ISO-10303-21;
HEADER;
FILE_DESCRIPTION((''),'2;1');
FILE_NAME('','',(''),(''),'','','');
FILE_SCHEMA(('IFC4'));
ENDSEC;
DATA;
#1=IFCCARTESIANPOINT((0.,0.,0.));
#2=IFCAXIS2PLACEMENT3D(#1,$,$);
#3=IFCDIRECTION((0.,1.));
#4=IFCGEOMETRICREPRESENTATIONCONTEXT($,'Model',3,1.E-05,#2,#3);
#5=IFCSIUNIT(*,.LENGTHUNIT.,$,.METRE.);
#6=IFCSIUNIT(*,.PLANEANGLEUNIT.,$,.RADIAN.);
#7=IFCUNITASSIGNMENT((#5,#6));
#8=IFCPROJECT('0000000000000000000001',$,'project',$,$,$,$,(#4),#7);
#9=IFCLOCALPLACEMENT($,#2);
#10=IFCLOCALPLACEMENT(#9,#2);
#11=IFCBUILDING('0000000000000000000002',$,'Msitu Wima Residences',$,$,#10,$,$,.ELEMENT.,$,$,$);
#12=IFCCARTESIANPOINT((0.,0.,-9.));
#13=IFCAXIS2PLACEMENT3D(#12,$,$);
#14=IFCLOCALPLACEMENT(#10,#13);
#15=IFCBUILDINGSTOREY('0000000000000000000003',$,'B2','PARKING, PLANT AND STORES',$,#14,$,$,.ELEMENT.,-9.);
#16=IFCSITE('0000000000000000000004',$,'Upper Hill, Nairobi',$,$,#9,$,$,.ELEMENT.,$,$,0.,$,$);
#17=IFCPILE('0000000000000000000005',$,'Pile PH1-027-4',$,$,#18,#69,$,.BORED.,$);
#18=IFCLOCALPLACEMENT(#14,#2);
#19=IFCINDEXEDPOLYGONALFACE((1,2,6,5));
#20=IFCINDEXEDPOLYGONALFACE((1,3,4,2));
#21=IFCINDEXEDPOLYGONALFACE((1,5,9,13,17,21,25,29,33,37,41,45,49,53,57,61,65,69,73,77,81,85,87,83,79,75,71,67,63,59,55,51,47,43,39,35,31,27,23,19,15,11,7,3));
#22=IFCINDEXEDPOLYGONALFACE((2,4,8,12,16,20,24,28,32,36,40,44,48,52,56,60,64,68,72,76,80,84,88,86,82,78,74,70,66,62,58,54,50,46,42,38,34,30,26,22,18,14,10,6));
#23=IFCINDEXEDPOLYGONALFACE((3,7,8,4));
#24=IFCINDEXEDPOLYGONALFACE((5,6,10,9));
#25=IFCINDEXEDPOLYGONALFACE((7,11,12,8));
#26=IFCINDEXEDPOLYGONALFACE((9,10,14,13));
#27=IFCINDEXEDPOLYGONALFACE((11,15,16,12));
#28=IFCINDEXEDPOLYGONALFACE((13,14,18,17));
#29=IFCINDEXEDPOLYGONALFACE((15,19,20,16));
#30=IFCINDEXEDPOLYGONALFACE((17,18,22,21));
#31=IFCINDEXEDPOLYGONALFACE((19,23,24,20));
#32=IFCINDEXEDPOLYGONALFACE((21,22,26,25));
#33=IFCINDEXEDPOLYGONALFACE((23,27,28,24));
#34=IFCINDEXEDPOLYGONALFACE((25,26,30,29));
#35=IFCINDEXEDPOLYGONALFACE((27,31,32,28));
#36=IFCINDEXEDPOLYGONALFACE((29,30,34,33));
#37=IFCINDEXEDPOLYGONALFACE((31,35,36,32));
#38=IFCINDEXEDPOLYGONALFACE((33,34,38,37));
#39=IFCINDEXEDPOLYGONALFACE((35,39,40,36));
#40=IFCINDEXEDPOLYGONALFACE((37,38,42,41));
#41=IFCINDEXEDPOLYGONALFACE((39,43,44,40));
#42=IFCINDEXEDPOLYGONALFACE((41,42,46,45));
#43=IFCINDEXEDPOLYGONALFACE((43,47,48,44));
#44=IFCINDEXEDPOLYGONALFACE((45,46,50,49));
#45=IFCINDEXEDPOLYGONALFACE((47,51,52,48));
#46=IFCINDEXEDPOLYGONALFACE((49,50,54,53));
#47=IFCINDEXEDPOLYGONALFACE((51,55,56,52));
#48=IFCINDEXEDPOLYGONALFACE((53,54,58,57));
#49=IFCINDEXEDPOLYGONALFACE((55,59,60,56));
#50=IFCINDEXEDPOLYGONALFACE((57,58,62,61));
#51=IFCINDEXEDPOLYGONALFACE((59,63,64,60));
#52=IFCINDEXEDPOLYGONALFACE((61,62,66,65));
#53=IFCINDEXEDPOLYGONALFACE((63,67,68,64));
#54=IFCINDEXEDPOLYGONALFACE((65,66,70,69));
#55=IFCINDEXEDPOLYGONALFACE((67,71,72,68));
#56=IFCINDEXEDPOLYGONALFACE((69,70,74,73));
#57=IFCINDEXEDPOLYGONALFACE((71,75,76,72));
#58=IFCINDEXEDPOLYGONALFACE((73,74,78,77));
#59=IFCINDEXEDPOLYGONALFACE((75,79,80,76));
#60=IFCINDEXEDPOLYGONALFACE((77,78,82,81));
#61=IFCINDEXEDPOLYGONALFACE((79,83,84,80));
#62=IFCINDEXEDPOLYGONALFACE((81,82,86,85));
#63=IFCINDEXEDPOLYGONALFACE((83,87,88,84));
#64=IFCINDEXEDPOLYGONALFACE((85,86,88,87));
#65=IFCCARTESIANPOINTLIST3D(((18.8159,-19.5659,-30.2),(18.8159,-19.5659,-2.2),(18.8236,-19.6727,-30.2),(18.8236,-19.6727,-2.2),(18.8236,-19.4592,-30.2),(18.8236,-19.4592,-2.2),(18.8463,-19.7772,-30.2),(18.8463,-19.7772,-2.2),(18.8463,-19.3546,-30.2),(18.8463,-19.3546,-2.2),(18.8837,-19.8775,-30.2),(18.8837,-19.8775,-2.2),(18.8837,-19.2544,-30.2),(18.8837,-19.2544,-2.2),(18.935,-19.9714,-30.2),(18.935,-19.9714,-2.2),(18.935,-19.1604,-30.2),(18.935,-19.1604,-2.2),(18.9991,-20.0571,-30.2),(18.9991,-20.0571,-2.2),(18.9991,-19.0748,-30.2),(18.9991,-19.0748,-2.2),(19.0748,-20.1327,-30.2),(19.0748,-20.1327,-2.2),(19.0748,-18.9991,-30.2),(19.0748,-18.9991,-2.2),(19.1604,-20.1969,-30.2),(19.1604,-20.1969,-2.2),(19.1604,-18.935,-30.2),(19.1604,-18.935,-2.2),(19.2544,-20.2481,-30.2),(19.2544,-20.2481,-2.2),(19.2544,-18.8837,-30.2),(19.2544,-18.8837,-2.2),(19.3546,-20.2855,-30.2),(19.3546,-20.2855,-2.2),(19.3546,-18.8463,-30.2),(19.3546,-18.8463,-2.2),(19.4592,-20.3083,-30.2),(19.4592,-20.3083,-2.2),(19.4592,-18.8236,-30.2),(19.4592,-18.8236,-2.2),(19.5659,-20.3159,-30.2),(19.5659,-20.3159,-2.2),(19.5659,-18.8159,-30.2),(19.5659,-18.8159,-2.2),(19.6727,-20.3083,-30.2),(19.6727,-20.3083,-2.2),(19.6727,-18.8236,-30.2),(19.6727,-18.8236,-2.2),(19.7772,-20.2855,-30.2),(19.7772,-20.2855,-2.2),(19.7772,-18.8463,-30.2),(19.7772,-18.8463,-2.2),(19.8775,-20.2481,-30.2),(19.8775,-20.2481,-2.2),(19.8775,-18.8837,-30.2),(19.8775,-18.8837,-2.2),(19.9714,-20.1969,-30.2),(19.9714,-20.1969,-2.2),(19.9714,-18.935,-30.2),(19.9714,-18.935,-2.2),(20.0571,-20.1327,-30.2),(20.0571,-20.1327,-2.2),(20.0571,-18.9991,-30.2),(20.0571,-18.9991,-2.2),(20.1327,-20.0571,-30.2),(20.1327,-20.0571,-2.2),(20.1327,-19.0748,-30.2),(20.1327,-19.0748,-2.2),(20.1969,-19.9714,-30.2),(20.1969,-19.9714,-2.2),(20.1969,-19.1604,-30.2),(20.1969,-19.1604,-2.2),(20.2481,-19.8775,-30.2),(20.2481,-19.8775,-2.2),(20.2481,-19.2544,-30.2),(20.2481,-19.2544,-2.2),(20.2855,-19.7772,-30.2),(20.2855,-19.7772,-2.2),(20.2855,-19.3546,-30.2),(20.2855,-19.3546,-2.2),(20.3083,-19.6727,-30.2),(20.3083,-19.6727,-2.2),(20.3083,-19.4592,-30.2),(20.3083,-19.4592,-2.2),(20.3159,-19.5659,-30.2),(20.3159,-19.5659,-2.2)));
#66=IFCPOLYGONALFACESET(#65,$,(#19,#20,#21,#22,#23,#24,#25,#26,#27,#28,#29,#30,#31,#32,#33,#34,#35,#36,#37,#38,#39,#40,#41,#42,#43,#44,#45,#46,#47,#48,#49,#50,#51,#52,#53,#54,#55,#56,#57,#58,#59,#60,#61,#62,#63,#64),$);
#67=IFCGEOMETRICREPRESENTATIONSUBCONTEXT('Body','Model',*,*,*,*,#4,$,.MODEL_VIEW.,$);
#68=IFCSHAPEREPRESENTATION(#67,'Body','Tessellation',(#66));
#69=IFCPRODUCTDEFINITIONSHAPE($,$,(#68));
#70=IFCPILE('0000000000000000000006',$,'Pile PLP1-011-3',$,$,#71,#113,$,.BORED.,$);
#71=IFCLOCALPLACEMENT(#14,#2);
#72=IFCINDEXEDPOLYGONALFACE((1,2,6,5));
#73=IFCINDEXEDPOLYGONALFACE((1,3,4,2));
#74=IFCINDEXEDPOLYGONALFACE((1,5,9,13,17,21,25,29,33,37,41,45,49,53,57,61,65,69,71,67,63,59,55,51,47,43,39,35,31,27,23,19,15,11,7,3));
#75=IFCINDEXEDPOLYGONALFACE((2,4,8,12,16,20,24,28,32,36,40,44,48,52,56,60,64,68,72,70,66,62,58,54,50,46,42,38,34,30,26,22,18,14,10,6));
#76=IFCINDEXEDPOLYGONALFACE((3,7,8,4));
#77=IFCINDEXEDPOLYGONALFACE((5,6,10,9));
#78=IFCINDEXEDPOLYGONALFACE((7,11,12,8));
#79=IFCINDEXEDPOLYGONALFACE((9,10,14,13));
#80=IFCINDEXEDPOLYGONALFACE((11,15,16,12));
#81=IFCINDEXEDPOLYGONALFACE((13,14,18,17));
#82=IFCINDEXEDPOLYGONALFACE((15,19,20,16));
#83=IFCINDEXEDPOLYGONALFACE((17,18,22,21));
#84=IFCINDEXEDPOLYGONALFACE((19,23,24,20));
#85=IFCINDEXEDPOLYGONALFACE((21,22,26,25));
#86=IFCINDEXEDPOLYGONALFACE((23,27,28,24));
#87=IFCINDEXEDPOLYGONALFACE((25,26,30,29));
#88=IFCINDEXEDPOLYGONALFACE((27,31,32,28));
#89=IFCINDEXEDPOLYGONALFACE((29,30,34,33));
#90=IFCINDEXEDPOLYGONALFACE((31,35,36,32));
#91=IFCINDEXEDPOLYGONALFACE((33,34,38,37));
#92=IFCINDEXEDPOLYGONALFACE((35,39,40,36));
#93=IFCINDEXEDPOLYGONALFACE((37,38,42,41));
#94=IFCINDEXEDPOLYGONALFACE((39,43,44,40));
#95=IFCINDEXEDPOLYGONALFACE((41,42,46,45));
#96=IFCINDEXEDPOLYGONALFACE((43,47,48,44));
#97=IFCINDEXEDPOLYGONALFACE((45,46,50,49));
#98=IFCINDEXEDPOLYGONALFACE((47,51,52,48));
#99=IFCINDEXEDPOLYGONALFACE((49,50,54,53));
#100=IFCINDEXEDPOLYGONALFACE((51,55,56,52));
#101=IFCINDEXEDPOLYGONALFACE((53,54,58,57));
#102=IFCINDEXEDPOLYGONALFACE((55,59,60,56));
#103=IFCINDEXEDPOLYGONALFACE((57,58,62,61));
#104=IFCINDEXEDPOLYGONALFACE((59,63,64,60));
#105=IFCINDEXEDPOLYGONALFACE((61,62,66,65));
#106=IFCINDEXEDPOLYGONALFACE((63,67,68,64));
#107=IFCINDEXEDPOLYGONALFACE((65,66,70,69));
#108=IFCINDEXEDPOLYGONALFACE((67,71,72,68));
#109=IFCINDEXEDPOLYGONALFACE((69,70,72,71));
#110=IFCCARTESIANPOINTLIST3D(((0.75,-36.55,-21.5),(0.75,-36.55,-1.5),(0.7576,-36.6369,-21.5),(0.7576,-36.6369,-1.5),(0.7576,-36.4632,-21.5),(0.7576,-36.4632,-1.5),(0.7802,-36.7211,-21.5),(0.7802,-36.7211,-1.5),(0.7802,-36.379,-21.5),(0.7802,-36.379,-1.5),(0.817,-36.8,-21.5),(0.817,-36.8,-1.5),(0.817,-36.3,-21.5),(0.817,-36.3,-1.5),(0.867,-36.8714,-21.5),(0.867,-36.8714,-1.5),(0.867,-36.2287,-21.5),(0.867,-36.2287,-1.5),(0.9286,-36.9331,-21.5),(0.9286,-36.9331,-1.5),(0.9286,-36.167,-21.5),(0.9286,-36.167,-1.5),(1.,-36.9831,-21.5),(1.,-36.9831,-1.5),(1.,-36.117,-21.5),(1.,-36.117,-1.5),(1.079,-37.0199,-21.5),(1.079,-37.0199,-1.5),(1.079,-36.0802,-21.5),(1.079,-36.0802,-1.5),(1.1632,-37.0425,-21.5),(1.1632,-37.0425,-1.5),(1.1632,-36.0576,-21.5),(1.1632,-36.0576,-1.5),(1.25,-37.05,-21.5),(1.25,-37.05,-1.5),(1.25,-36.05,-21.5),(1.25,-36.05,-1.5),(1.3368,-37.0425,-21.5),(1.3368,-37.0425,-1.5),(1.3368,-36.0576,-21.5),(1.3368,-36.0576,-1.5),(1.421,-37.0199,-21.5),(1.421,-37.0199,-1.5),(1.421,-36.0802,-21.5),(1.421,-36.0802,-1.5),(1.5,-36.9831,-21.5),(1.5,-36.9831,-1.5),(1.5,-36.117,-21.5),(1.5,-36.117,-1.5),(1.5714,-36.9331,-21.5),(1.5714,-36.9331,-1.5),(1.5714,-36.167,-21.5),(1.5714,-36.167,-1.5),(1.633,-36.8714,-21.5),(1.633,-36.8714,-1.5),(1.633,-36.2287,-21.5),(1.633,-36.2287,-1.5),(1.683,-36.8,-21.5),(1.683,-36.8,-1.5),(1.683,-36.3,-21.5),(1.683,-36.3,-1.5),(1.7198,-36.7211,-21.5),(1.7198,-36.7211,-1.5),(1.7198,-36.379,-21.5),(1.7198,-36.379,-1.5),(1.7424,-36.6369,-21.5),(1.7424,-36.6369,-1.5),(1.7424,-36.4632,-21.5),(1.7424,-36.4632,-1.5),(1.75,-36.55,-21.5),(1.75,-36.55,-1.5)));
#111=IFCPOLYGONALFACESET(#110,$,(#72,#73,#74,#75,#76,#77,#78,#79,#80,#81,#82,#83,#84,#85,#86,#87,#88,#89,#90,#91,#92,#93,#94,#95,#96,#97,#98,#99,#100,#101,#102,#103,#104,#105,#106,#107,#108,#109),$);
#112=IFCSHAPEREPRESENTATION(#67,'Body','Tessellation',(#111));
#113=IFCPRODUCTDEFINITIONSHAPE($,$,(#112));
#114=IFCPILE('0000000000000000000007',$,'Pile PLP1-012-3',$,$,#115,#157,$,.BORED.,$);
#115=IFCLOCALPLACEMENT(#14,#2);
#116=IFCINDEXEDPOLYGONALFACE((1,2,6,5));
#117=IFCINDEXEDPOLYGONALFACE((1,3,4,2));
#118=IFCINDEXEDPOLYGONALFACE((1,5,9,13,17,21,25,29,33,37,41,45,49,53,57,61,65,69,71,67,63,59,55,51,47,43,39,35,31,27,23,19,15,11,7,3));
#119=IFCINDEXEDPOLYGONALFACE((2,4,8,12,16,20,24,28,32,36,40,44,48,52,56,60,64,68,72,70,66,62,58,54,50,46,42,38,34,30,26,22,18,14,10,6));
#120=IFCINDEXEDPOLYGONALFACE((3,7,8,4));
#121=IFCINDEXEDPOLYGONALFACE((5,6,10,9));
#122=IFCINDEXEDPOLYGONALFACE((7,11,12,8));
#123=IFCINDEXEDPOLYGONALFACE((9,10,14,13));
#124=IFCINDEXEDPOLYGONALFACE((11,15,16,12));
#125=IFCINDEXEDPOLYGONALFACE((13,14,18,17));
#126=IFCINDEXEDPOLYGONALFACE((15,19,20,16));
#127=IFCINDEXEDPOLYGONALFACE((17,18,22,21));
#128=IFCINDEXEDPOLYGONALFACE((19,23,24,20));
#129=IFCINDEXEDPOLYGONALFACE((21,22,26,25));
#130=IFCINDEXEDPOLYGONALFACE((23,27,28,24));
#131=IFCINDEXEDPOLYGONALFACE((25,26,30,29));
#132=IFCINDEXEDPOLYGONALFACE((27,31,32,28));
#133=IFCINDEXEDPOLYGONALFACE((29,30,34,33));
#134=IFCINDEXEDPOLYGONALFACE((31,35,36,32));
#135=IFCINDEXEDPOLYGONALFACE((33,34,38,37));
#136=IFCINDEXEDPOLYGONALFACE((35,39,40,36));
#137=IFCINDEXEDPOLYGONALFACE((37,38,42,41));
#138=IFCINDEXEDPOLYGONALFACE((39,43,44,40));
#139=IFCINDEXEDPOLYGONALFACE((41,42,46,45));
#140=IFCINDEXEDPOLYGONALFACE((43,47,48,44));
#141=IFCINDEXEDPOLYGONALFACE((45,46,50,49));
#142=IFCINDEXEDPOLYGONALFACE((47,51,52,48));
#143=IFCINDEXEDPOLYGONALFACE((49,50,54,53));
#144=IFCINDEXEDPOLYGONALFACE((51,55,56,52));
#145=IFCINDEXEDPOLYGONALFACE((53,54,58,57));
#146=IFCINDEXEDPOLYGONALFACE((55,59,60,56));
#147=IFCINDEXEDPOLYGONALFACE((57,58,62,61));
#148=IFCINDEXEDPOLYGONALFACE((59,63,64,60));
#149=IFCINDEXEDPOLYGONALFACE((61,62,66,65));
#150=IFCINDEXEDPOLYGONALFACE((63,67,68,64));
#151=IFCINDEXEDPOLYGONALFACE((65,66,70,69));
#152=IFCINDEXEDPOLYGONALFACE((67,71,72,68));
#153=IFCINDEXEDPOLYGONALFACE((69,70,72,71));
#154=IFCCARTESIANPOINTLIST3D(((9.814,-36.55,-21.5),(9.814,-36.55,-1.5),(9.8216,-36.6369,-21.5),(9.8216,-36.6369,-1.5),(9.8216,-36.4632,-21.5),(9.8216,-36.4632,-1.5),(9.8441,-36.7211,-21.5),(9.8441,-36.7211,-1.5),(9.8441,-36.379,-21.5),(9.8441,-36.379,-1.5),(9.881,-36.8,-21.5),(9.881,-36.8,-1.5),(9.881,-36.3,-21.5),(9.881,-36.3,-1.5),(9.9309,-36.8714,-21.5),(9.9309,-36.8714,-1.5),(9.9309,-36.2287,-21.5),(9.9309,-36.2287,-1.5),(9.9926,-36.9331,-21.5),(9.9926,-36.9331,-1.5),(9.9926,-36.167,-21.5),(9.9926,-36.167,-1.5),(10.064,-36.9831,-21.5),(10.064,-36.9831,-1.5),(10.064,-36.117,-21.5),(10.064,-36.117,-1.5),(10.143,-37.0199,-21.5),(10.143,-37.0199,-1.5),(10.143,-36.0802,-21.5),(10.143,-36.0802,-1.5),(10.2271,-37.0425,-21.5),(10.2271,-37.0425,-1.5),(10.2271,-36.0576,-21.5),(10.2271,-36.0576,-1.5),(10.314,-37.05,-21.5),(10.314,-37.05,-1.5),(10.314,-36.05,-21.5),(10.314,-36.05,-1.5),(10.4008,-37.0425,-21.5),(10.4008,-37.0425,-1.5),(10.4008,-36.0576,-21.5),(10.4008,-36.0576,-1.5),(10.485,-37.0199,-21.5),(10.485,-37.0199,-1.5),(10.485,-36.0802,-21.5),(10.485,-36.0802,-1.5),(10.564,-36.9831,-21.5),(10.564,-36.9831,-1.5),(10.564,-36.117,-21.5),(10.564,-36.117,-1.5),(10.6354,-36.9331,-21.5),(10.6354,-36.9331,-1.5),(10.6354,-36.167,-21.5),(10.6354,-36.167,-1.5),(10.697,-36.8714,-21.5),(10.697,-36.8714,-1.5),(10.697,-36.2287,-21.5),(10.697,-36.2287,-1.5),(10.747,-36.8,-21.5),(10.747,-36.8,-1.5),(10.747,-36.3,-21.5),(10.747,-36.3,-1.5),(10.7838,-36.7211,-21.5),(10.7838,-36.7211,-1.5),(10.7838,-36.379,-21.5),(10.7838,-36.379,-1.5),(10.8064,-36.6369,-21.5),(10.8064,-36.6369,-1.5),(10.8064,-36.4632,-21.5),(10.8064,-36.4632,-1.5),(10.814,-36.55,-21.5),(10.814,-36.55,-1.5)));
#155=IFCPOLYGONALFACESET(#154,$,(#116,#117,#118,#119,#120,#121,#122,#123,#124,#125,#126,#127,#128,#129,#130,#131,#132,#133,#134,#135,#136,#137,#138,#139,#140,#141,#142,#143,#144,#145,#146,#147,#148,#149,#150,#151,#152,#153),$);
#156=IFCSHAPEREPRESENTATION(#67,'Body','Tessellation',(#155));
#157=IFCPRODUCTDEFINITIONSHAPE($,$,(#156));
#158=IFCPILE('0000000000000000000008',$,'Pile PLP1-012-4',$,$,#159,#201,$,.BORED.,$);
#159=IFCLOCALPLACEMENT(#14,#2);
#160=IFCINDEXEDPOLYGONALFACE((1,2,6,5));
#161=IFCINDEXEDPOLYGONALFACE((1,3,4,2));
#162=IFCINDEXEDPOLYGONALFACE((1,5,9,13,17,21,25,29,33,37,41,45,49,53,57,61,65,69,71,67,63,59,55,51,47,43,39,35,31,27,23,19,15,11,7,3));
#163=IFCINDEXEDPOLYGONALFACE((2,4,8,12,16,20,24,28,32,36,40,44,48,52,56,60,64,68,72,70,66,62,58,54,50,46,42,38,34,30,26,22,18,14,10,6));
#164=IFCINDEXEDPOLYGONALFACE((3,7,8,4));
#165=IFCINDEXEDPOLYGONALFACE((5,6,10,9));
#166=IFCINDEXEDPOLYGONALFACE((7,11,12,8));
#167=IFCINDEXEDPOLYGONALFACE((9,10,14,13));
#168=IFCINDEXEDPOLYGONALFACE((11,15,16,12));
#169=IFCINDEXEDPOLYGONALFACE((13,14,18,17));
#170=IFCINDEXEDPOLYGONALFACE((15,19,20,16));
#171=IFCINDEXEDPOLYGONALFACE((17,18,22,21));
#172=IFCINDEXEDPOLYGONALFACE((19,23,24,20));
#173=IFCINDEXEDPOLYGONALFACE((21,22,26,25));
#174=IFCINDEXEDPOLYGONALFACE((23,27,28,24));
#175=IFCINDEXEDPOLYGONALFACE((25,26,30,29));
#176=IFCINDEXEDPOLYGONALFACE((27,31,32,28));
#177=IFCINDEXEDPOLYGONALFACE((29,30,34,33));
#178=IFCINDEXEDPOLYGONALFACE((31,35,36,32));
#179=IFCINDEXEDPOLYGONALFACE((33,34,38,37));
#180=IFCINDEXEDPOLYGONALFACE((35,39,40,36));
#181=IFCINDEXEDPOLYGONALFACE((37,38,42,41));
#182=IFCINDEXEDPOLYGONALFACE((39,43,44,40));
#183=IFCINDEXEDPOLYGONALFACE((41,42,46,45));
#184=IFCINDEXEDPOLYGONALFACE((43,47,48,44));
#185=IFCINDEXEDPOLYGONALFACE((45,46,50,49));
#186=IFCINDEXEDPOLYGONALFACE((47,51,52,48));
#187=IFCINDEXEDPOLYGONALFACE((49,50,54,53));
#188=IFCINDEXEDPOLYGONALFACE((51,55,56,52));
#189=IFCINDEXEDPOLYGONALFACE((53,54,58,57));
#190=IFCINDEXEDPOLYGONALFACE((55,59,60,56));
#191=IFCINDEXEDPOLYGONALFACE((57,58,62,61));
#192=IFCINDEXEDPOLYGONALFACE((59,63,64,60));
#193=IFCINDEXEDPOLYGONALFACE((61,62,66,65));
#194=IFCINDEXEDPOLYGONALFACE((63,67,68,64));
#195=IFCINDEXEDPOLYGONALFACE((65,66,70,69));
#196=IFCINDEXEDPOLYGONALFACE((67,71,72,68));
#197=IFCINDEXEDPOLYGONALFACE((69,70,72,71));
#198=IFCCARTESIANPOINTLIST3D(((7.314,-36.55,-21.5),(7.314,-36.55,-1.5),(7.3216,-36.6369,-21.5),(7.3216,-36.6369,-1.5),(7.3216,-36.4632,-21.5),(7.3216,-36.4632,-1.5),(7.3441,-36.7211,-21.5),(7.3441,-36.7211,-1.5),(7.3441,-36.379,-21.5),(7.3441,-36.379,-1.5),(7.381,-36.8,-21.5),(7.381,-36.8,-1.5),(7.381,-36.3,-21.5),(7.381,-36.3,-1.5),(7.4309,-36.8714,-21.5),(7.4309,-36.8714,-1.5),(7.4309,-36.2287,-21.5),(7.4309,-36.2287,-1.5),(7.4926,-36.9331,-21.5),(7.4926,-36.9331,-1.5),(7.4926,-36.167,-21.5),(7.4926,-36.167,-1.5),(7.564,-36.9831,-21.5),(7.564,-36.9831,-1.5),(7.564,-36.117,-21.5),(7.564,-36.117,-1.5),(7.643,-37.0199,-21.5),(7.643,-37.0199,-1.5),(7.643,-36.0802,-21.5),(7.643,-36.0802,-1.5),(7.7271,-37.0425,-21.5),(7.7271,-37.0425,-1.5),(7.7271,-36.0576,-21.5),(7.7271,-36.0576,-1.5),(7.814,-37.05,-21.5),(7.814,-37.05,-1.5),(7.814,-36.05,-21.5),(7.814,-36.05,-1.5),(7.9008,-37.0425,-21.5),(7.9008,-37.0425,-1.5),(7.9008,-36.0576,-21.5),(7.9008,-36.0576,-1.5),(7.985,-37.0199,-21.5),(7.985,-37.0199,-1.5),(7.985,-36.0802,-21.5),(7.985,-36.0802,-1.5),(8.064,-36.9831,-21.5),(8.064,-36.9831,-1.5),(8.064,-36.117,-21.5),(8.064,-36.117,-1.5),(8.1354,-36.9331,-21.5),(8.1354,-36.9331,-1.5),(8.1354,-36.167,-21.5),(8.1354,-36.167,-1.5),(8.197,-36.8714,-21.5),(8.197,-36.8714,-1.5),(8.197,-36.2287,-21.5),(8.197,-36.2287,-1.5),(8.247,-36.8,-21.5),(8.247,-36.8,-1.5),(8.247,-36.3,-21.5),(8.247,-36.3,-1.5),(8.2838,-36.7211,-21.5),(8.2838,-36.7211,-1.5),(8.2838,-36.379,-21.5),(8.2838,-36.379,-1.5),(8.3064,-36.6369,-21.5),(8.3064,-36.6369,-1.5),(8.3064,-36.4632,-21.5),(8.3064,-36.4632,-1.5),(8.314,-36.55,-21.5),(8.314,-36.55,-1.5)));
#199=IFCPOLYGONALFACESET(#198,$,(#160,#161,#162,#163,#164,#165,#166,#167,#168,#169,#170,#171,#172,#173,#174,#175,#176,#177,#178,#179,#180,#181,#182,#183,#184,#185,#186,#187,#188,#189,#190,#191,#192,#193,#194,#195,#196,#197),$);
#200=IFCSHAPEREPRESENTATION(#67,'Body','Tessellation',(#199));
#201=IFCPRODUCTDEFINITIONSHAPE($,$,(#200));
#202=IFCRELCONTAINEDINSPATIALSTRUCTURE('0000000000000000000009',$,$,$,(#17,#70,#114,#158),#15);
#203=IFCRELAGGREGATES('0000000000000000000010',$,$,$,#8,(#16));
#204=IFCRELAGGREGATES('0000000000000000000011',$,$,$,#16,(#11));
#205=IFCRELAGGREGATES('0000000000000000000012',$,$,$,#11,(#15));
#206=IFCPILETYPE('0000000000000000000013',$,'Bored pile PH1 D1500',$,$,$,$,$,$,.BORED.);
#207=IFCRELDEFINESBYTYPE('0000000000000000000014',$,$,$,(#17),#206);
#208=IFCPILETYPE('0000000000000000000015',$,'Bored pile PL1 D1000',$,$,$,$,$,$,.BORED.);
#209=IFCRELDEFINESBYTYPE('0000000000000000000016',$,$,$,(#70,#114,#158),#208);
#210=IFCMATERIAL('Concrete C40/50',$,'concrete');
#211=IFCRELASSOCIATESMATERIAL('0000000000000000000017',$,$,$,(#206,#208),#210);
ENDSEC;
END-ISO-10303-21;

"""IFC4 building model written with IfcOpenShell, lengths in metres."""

from ifc_helpers import new_model, si_unit, direction, frame, origin, origin_2d, place, context, subcontext, project, spatial, circle, extrude, material, type_object, element, save


model = new_model("IFC4")

# Units and contexts
model_context = context("Model", 3, precision=1e-05, world=origin(), true_north=direction((0.0, 1.0)))
body_context = subcontext(model_context, "Body", "Model", "MODEL_VIEW")
ifc_project = project(units=[si_unit("LENGTHUNIT", "METRE"), si_unit("PLANEANGLEUNIT", "RADIAN")], contexts=[model_context])

# Site, building, storey
site_placement = place(None, origin())
site = spatial("IfcSite", under=ifc_project, at=site_placement, Name="Upper Hill, Nairobi", CompositionType="ELEMENT", RefElevation=0.0)
building_placement = place(site_placement, origin())
building = spatial("IfcBuilding", under=site, at=building_placement, Name="Msitu Wima Residences", CompositionType="ELEMENT")
storey_placement = place(building_placement, frame((0.0, 0.0, -9.0)))
storey = spatial("IfcBuildingStorey", under=building, at=storey_placement, Name="B2", Description="PARKING, PLANT AND STORES", CompositionType="ELEMENT", Elevation=-9.0)

# Piles
ifc_material_1 = material(Name="Concrete C40/50", Category="concrete")
pile_type_1 = type_object("IfcPileType", Name="Bored pile PH1 D1500", PredefinedType="BORED", material=ifc_material_1)
for number, where, z_axis, x_axis, name in (
    (1, (19.5659, -19.5659, -2.2), (0.0, 0.0, -1.0), (1.0, 0.0, 0.0), "Pile PH1-027-4"),
):
    element("IfcPile", number, at=place(storey_placement, frame(where, z_axis=z_axis, x_axis=x_axis)), inside=storey, type_object=pile_type_1, Name=name, PredefinedType="BORED", context=body_context, shape_type="SweptSolid", body=[
        extrude(circle(Radius=0.75, at=origin_2d()), origin(), (0.0, 0.0, 1.0), 28.0),
    ])
pile_type_2 = type_object("IfcPileType", Name="Bored pile PL1 D1000", PredefinedType="BORED", material=ifc_material_1)
for number, where, z_axis, x_axis, name in (
    (2, (1.25, -36.55, -1.5), (0.0, 0.0, -1.0), (1.0, 0.0, 0.0), "Pile PLP1-011-3"),
    (3, (10.314, -36.55, -1.5), (0.0, 0.0, -1.0), (1.0, 0.0, 0.0), "Pile PLP1-012-3"),
    (4, (7.814, -36.55, -1.5), (0.0, 0.0, -1.0), (1.0, 0.0, 0.0), "Pile PLP1-012-4"),
):
    element("IfcPile", number, at=place(storey_placement, frame(where, z_axis=z_axis, x_axis=x_axis)), inside=storey, type_object=pile_type_2, Name=name, PredefinedType="BORED", context=body_context, shape_type="SweptSolid", body=[
        extrude(circle(Radius=0.5, at=origin_2d()), origin(), (0.0, 0.0, 1.0), 20.0),
    ])

save(model, "model.ifc")
